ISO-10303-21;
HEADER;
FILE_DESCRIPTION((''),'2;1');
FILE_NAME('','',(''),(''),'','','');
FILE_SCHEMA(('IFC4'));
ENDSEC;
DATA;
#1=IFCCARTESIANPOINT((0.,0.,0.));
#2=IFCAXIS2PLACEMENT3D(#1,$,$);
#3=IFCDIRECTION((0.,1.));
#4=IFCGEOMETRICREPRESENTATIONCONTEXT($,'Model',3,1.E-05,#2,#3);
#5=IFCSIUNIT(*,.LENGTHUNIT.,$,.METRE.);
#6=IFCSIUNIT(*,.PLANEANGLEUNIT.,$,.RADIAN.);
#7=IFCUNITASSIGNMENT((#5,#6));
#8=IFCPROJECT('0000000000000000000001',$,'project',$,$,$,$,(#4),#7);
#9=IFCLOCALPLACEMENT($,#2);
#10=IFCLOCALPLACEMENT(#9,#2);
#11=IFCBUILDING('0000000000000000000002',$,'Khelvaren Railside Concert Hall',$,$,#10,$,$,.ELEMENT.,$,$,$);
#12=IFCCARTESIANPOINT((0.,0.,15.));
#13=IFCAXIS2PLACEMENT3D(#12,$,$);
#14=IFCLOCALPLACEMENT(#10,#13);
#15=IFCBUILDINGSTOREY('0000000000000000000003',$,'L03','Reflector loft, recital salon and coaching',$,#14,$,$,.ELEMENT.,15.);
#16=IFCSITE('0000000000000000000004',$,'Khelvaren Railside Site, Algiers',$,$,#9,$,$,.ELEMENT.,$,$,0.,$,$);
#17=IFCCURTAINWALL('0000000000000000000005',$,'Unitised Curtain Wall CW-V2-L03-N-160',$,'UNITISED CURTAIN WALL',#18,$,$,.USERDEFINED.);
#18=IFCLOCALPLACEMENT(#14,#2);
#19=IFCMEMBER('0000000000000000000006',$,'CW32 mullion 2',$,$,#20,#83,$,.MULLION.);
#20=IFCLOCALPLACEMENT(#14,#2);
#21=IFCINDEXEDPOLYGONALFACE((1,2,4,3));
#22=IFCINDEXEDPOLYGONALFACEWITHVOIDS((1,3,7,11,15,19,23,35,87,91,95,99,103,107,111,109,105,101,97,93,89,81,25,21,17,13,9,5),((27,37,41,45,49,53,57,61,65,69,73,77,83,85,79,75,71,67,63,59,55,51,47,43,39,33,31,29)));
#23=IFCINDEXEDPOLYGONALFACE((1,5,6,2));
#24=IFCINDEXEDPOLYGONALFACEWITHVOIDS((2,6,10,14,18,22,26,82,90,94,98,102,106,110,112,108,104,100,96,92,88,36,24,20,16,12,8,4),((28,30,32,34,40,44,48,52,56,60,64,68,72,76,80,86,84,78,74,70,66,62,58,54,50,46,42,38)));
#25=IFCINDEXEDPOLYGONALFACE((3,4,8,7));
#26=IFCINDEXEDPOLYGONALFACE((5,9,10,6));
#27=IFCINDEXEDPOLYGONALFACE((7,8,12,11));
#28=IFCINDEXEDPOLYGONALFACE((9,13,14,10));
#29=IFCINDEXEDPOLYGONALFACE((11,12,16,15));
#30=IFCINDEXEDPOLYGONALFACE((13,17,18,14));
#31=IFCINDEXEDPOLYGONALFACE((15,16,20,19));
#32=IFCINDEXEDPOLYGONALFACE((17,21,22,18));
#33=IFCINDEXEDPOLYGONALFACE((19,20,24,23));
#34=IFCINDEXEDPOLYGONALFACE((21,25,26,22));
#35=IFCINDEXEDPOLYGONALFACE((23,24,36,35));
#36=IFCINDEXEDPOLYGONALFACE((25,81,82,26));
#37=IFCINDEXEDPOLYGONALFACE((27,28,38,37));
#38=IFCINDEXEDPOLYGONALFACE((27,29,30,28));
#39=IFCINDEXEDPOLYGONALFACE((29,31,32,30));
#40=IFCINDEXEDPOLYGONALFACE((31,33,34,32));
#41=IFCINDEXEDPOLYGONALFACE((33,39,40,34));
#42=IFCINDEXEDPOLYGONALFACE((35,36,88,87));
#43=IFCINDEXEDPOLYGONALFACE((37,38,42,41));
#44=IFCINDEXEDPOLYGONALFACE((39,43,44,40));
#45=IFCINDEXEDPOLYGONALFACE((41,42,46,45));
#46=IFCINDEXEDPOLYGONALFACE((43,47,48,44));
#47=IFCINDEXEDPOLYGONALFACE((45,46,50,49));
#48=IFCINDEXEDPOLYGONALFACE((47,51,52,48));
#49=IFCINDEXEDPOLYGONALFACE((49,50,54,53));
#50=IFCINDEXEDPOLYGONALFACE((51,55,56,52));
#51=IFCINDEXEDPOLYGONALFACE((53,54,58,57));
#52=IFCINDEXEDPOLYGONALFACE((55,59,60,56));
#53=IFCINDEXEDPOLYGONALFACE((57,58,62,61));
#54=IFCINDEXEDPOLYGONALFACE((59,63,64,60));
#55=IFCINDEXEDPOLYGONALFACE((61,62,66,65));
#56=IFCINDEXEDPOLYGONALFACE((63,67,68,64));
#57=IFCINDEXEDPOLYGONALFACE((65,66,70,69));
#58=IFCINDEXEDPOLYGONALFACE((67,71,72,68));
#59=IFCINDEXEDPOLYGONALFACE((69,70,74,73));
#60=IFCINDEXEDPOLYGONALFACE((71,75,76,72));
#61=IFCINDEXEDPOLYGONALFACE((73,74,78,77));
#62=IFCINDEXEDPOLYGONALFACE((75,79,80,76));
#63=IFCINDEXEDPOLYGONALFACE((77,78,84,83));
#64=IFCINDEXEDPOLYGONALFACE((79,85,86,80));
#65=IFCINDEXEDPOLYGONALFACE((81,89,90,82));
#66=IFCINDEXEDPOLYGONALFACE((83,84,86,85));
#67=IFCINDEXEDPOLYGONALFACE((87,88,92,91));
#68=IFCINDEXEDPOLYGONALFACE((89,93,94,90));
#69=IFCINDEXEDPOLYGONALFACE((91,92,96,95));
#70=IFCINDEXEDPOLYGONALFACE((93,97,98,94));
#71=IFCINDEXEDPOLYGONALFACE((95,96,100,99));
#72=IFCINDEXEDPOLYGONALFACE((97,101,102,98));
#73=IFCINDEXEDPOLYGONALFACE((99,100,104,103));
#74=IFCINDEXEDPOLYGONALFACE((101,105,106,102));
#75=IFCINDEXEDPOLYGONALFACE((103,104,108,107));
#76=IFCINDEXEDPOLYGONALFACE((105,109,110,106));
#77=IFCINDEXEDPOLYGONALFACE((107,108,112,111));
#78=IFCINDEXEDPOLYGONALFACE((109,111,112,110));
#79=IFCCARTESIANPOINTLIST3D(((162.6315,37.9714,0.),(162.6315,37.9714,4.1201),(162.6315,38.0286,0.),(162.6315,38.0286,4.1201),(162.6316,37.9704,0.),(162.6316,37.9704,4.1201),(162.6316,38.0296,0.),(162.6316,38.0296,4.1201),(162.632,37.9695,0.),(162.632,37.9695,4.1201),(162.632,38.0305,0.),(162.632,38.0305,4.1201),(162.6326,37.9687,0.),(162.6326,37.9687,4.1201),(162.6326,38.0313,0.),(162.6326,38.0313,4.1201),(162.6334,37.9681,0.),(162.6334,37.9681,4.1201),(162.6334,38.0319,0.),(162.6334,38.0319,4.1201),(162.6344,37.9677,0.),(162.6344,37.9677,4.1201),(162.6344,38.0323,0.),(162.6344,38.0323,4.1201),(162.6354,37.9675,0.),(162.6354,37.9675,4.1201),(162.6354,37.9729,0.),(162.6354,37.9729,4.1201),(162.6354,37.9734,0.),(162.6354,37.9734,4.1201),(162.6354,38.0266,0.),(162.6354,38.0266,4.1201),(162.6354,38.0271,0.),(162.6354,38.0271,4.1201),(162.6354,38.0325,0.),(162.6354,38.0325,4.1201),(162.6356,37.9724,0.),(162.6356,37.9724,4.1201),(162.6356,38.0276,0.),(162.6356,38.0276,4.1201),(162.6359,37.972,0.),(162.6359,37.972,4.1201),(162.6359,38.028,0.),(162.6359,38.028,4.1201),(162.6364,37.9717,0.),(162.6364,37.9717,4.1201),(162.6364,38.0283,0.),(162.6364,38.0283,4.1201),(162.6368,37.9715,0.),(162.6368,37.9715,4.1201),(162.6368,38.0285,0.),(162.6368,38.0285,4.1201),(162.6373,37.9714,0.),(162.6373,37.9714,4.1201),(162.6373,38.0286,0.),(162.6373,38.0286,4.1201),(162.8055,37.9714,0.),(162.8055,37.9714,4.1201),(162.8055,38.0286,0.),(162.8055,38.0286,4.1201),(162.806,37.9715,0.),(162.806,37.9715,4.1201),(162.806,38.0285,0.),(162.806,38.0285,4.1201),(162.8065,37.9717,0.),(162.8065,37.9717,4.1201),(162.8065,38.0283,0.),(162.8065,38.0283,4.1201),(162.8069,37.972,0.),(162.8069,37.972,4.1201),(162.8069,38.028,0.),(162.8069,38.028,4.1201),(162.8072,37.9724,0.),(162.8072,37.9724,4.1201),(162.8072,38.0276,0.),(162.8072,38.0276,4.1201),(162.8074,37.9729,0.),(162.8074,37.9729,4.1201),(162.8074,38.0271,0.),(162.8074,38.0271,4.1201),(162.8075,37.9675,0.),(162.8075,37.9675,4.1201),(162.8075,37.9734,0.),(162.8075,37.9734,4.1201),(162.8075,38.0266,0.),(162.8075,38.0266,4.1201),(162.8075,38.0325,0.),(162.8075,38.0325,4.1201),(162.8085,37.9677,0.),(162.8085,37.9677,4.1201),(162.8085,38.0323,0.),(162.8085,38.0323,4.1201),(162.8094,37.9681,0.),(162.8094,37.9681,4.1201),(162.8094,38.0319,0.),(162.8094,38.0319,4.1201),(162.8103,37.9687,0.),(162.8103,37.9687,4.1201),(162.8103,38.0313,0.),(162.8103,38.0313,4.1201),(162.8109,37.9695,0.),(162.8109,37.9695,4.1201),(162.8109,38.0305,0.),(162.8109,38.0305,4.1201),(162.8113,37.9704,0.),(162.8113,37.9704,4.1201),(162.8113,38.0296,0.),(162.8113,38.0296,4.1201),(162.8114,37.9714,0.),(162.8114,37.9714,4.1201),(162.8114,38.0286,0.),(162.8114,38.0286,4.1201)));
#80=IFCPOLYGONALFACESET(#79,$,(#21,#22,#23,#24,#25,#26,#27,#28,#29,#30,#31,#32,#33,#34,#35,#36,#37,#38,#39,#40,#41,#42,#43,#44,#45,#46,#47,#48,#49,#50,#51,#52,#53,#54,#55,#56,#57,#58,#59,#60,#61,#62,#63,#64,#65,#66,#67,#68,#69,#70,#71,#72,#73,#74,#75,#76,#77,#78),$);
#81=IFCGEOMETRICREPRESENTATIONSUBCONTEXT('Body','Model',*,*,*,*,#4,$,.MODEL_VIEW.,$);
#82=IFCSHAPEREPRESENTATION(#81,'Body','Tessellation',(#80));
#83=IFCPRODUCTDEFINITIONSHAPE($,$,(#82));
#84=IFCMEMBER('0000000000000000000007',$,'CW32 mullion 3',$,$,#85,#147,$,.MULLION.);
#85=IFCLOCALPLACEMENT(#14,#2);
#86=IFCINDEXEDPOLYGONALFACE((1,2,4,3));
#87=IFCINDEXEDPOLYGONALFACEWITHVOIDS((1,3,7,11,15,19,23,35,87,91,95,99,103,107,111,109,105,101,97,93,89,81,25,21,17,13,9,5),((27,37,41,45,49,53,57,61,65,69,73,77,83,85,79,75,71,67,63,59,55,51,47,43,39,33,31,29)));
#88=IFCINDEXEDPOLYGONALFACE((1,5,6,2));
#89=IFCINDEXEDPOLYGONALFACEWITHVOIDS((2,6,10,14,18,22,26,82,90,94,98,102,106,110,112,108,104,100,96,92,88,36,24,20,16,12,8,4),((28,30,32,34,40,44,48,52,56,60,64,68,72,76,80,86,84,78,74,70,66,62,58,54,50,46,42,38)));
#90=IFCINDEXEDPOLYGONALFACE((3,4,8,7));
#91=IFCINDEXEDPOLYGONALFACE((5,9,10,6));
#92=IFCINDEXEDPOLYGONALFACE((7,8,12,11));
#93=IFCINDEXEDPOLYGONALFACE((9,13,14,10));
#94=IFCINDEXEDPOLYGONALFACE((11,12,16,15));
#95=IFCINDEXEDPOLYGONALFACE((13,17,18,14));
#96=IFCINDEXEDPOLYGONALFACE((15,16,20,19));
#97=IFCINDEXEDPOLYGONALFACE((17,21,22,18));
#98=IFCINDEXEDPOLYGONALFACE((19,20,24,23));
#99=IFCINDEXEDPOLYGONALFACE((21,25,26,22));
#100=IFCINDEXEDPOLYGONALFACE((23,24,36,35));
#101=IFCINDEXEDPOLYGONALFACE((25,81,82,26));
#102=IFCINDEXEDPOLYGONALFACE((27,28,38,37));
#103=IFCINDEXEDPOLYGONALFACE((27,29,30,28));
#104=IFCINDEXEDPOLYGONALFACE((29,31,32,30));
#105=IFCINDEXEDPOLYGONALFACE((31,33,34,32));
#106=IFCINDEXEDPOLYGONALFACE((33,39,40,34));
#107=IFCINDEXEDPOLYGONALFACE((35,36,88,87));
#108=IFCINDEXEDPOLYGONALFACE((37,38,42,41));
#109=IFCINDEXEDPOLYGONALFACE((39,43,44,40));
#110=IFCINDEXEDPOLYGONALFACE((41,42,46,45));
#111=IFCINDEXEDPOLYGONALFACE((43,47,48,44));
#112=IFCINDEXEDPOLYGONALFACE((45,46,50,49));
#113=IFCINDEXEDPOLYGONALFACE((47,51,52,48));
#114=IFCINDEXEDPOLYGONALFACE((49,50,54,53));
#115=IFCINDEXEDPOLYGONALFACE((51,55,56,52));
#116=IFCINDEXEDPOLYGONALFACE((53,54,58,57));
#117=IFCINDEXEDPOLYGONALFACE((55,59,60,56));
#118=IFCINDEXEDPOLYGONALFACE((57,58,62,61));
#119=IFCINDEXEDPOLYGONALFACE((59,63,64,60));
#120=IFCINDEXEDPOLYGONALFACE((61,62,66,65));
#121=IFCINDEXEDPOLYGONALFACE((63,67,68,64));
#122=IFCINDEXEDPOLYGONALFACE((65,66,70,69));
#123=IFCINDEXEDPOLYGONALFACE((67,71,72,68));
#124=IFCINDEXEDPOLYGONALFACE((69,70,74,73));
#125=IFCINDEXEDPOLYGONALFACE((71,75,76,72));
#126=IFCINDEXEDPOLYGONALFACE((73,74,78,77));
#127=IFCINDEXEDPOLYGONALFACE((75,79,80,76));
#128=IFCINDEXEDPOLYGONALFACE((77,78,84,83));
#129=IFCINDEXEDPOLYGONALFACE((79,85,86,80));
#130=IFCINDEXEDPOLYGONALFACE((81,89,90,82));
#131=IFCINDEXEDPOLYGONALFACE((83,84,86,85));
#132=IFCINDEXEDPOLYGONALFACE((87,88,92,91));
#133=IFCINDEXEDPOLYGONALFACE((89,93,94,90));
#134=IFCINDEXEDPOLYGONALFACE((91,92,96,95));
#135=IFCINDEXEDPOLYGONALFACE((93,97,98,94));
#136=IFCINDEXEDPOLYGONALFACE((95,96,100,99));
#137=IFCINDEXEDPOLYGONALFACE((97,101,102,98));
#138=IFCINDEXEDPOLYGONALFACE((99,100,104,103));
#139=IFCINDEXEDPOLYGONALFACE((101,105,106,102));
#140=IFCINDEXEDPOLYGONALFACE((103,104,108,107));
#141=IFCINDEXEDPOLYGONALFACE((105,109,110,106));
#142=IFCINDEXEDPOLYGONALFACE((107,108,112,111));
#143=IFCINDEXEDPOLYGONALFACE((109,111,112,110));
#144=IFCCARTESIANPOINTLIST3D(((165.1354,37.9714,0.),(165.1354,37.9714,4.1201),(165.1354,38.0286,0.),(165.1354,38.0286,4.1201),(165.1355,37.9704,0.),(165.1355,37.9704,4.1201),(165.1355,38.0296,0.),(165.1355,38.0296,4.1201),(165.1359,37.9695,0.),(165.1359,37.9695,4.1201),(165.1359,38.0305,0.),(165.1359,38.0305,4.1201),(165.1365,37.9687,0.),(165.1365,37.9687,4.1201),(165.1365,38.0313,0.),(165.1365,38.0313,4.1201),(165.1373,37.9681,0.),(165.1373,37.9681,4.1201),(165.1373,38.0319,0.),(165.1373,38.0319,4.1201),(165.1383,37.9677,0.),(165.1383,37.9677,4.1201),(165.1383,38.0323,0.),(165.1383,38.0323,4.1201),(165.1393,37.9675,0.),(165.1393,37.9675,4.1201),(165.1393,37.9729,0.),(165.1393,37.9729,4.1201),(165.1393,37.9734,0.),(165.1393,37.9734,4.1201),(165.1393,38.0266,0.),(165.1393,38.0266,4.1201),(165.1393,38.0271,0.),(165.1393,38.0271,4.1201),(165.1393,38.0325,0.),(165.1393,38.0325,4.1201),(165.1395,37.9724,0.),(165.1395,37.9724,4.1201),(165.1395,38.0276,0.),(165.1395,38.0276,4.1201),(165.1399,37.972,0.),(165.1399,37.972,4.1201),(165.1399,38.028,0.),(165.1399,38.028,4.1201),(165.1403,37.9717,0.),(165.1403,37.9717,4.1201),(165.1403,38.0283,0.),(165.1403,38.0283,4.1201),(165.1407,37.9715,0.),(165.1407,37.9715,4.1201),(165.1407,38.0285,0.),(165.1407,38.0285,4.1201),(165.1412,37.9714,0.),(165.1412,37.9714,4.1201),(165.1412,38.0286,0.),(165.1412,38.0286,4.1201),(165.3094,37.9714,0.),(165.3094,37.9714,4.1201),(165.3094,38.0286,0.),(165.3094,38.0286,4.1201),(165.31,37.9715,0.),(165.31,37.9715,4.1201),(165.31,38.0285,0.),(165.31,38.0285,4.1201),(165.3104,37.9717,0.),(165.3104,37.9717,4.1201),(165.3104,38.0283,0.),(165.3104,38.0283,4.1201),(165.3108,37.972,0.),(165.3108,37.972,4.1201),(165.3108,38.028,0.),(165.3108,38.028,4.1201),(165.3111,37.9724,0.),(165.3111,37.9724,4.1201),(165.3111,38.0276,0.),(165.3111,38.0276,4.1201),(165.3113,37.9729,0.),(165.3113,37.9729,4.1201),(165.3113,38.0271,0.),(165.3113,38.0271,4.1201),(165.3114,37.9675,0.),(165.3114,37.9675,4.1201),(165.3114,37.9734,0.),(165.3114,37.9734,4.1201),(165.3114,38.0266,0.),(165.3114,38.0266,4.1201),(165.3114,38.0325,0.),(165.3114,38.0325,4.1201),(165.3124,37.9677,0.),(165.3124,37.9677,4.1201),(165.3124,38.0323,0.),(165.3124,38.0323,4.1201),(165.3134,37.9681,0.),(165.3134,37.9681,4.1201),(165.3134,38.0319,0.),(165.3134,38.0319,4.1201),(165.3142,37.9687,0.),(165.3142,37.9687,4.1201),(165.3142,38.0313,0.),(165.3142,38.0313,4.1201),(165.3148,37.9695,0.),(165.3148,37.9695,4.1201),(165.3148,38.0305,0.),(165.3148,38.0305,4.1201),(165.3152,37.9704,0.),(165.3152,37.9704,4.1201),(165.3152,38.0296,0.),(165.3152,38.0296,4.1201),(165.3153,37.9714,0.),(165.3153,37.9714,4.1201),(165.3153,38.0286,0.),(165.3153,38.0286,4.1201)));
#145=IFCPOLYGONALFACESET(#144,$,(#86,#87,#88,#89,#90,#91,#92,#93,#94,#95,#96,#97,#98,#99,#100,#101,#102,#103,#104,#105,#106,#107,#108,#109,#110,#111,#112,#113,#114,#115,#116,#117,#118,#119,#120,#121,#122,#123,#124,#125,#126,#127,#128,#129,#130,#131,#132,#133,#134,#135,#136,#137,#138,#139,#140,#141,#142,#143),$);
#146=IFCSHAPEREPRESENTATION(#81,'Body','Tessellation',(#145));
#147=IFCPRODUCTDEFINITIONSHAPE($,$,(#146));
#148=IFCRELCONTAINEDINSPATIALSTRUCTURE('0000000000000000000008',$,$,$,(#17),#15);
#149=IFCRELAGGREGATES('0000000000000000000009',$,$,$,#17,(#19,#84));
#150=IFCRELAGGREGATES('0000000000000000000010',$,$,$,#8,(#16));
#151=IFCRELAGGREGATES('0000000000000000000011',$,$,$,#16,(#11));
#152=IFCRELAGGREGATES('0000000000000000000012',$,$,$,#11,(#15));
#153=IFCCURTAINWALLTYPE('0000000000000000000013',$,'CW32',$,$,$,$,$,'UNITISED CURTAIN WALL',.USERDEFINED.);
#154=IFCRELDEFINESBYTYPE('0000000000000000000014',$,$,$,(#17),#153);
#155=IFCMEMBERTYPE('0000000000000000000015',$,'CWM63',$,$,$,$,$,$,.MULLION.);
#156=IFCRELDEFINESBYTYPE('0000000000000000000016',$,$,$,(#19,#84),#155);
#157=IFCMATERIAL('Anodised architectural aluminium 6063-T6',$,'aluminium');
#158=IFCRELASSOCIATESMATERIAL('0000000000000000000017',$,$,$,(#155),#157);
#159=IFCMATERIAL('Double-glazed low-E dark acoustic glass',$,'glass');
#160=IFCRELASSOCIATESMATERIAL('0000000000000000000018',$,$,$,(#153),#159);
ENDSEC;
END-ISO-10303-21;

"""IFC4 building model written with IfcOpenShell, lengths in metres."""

from ifc_helpers import new_model, si_unit, direction, frame, origin, origin_2d, place, context, subcontext, project, spatial, hollow_rectangle, extrude, material, material_profile, profile_set, type_object, element, aggregate, save


model = new_model("IFC4")

# Units and contexts
model_context = context("Model", 3, precision=1e-05, world=origin(), true_north=direction((0.0, 1.0)))
body_context = subcontext(model_context, "Body", "Model", "MODEL_VIEW")
ifc_project = project(units=[si_unit("LENGTHUNIT", "METRE"), si_unit("PLANEANGLEUNIT", "RADIAN")], contexts=[model_context])

# Site, building, storey
site_placement = place(None, origin())
site = spatial("IfcSite", under=ifc_project, at=site_placement, Name="Khelvaren Railside Site, Algiers", CompositionType="ELEMENT", RefElevation=0.0)
building_placement = place(site_placement, origin())
building = spatial("IfcBuilding", under=site, at=building_placement, Name="Khelvaren Railside Concert Hall", CompositionType="ELEMENT")
storey_placement = place(building_placement, frame((0.0, 0.0, 15.0)))
storey = spatial("IfcBuildingStorey", under=building, at=storey_placement, Name="L03", Description="Reflector loft, recital salon and coaching", CompositionType="ELEMENT", Elevation=15.0)

# Shared definitions
ifc_material_1 = material(Name="Double-glazed low-E dark acoustic glass", Category="glass")
ifc_material_2 = material(Name="Anodised architectural aluminium 6063-T6", Category="aluminium")
ifc_material_profile_1 = material_profile(ifc_material_2, hollow_rectangle(XDim=0.0649, YDim=0.1799, WallThickness=0.0039, InnerFilletRadius=0.002, OuterFilletRadius=0.0039, at=origin_2d()), Name="CWM 65x180x4")
ifc_profile_set_1 = profile_set([ifc_material_profile_1], Name="Anodised architectural aluminium 6063-T6")
member_type_1 = type_object("IfcMemberType", Name="CWM63", PredefinedType="MULLION", material=ifc_profile_set_1)

# Curtain wall, members
curtain_wall_type_1 = type_object("IfcCurtainWallType", Name="CW32", ElementType="UNITISED CURTAIN WALL", PredefinedType="USERDEFINED", material=ifc_material_1)
curtain_wall_1_placement = place(storey_placement, origin())
curtain_wall_1 = element("IfcCurtainWall", 1, at=curtain_wall_1_placement, inside=storey, type_object=curtain_wall_type_1, Name="Unitised Curtain Wall CW-V2-L03-N-160", ObjectType="UNITISED CURTAIN WALL", PredefinedType="USERDEFINED")
member_1_placement = place(storey_placement, frame((162.7214, 38.0, 0.0), z_axis=(0.0, 0.0, 1.0), x_axis=(0.0, 1.0, 0.0)))
member_1 = element("IfcMember", 2, at=member_1_placement, type_object=member_type_1, Name="CW32 mullion 2", PredefinedType="MULLION", context=body_context, shape_type="SweptSolid", body=[
    extrude(hollow_rectangle(XDim=0.0649, YDim=0.1799, WallThickness=0.0039, InnerFilletRadius=0.002, OuterFilletRadius=0.0039, at=origin_2d()), origin(), (0.0, 0.0, 1.0), 4.1201),
])
member_2_placement = place(storey_placement, frame((165.2253, 38.0, 0.0), z_axis=(0.0, 0.0, 1.0), x_axis=(0.0, 1.0, 0.0)))
member_2 = element("IfcMember", 3, at=member_2_placement, type_object=member_type_1, Name="CW32 mullion 3", PredefinedType="MULLION", context=body_context, shape_type="SweptSolid", body=[
    extrude(hollow_rectangle(XDim=0.0649, YDim=0.1799, WallThickness=0.0039, InnerFilletRadius=0.002, OuterFilletRadius=0.0039, at=origin_2d()), origin(), (0.0, 0.0, 1.0), 4.1201),
])

aggregate(curtain_wall_1, [member_1, member_2])

save(model, "model.ifc")
